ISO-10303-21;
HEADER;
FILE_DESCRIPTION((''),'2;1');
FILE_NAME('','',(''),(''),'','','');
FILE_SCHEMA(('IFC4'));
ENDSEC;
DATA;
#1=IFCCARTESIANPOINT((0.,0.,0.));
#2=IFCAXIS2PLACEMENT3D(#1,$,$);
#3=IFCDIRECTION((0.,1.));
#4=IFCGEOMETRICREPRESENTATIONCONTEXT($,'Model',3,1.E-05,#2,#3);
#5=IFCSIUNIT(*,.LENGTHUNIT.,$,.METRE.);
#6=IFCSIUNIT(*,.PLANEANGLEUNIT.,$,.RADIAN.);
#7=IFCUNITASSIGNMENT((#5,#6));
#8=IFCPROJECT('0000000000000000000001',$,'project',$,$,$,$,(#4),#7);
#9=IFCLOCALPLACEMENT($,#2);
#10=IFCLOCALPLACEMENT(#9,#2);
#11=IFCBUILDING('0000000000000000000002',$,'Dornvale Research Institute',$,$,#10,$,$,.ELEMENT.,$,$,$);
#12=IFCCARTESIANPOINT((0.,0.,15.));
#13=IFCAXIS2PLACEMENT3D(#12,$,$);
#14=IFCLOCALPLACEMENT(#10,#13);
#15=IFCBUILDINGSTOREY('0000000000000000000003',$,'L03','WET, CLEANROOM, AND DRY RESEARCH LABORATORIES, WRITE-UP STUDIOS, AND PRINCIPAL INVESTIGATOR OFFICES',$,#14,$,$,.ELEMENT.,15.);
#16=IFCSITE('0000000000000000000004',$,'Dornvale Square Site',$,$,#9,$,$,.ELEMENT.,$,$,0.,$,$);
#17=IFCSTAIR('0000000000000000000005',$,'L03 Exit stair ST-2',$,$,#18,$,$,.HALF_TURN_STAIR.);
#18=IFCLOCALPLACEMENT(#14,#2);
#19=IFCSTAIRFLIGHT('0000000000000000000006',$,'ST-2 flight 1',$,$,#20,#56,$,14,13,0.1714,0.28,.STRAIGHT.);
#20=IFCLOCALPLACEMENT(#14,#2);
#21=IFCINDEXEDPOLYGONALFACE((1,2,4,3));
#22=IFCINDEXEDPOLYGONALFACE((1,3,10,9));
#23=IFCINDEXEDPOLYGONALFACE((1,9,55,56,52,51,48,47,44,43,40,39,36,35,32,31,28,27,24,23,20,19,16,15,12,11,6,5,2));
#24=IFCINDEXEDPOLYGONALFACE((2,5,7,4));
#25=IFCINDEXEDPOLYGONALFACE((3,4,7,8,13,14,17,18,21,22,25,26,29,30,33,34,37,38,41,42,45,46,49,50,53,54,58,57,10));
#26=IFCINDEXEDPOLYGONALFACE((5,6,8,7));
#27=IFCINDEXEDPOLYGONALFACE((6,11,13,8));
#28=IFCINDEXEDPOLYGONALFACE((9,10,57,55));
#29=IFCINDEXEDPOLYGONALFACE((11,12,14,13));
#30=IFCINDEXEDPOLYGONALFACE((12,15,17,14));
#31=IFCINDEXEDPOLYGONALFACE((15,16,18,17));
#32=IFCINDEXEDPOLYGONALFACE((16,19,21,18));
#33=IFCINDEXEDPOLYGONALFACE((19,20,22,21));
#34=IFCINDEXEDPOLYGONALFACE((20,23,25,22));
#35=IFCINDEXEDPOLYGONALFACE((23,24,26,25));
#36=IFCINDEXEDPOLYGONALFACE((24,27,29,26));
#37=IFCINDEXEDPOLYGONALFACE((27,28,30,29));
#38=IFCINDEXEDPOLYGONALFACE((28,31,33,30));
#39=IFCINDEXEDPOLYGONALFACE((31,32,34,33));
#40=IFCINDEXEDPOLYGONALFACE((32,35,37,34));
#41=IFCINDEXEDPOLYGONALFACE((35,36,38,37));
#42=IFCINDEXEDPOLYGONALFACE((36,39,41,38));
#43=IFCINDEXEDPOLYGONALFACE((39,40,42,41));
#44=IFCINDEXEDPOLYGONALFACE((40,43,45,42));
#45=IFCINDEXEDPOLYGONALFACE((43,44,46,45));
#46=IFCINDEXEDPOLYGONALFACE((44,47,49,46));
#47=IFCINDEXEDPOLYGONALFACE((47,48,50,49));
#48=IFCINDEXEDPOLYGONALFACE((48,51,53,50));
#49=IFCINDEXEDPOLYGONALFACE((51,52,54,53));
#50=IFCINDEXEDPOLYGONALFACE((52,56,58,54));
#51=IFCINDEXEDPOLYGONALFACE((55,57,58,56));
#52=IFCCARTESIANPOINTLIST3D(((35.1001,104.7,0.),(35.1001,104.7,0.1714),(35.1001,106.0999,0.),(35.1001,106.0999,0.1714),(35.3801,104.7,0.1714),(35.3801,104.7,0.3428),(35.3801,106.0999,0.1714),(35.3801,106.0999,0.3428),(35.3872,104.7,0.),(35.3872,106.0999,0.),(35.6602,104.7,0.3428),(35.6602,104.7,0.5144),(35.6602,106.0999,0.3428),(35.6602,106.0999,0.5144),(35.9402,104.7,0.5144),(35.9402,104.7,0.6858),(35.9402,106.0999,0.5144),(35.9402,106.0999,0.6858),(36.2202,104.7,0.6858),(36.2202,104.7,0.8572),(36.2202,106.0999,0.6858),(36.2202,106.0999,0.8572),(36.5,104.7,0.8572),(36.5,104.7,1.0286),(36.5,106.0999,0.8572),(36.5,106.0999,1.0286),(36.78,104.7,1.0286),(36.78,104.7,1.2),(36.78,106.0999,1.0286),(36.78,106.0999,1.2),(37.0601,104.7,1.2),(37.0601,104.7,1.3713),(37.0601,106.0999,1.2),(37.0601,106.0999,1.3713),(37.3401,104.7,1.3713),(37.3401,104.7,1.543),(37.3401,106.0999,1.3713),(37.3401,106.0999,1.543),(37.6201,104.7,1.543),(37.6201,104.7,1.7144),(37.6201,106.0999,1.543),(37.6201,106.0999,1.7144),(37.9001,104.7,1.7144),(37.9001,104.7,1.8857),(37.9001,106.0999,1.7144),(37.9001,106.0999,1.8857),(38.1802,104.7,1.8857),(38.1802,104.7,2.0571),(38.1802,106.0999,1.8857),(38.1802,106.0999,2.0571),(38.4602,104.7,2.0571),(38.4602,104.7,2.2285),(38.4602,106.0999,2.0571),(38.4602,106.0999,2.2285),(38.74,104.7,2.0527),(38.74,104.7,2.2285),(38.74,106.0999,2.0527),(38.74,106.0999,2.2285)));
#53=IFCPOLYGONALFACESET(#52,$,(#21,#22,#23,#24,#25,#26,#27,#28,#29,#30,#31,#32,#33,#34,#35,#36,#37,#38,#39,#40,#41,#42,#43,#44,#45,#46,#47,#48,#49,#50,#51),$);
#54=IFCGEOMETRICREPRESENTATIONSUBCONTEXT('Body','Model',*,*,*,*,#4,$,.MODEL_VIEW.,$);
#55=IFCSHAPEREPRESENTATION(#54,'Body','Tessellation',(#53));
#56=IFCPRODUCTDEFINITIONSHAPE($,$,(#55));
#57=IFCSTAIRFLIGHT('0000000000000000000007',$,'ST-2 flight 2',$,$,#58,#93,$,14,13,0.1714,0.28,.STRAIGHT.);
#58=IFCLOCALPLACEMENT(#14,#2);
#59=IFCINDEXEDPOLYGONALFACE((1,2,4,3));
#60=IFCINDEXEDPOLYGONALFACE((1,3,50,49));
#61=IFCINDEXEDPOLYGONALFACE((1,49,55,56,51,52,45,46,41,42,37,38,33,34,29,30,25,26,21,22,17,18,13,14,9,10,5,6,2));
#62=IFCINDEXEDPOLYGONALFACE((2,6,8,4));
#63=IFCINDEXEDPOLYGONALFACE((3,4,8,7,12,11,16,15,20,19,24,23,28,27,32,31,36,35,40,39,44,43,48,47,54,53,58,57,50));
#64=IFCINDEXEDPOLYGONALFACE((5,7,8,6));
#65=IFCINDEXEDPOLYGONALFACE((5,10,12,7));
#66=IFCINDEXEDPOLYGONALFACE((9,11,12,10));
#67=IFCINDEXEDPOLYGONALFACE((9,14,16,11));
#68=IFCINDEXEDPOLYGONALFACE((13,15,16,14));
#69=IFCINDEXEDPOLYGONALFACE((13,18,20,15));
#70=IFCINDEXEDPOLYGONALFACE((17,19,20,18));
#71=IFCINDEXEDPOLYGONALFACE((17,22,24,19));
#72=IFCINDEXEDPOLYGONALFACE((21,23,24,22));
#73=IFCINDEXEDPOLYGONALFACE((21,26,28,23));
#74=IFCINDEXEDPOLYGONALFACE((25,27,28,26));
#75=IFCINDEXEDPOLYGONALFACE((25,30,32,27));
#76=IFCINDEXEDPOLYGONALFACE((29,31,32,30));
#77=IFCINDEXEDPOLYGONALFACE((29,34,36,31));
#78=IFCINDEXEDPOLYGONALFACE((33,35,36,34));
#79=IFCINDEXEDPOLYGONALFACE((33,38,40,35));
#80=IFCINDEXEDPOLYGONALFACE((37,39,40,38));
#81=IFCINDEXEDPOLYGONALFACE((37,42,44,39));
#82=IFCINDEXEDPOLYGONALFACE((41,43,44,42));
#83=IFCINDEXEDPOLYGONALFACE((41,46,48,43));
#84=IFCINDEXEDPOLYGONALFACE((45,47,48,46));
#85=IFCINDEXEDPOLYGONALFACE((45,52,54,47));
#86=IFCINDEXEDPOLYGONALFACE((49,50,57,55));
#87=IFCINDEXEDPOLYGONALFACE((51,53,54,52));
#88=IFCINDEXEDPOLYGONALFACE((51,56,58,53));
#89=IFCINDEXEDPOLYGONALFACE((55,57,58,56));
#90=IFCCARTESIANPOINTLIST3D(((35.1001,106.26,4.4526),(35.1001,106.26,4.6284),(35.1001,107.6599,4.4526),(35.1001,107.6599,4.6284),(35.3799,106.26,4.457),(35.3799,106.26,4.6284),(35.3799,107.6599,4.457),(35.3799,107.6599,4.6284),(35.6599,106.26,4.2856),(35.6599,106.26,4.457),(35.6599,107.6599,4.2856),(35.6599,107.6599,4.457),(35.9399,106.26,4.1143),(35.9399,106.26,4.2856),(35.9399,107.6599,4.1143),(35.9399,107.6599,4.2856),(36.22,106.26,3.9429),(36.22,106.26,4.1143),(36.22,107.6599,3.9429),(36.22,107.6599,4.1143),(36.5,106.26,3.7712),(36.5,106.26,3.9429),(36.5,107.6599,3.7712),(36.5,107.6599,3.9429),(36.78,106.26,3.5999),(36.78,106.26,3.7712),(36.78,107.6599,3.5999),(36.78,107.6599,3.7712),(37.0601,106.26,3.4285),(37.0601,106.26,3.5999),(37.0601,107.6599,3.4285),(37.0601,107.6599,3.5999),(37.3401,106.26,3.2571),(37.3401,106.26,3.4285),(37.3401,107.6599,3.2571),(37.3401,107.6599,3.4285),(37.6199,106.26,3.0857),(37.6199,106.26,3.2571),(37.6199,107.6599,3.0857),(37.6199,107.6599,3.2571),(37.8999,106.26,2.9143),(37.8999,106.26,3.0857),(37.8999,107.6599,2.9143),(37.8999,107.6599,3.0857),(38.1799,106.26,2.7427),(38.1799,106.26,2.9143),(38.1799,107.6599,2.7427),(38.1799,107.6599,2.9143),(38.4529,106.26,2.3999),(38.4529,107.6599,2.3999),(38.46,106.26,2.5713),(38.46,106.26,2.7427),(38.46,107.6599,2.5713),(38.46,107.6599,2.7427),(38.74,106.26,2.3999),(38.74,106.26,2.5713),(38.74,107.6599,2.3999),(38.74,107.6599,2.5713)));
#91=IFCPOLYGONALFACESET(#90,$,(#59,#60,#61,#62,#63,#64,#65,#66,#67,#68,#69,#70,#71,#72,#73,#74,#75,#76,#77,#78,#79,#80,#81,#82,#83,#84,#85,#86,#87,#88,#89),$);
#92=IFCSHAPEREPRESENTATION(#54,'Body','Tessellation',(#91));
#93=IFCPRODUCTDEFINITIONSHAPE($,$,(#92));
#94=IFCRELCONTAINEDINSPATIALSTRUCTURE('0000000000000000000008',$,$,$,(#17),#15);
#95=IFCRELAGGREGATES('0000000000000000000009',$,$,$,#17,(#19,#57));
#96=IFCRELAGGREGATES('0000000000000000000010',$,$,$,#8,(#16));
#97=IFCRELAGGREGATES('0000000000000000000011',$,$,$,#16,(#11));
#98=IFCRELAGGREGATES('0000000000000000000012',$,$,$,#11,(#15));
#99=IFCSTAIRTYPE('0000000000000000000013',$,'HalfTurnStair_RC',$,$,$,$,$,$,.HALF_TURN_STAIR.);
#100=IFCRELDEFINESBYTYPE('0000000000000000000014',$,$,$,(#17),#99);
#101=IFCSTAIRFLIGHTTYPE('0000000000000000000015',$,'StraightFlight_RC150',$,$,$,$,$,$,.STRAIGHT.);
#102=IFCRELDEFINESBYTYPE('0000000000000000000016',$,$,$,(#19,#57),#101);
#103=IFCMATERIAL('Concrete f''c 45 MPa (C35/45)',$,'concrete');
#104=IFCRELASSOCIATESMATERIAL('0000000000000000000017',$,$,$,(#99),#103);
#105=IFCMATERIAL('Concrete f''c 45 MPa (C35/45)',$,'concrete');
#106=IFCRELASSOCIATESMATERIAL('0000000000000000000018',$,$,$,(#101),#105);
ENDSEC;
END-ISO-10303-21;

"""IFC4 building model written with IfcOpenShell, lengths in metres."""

from ifc_helpers import new_model, si_unit, direction, frame, origin, place, context, subcontext, project, spatial, polyline, outline, extrude, material, type_object, element, aggregate, save


model = new_model("IFC4")

# Units and contexts
model_context = context("Model", 3, precision=1e-05, world=origin(), true_north=direction((0.0, 1.0)))
body_context = subcontext(model_context, "Body", "Model", "MODEL_VIEW")
ifc_project = project(units=[si_unit("LENGTHUNIT", "METRE"), si_unit("PLANEANGLEUNIT", "RADIAN")], contexts=[model_context])

# Site, building, storey
site_placement = place(None, origin())
site = spatial("IfcSite", under=ifc_project, at=site_placement, Name="Dornvale Square Site", CompositionType="ELEMENT", RefElevation=0.0)
building_placement = place(site_placement, origin())
building = spatial("IfcBuilding", under=site, at=building_placement, Name="Dornvale Research Institute", CompositionType="ELEMENT")
storey_placement = place(building_placement, frame((0.0, 0.0, 15.0)))
storey = spatial("IfcBuildingStorey", under=building, at=storey_placement, Name="L03", Description="WET, CLEANROOM, AND DRY RESEARCH LABORATORIES, WRITE-UP STUDIOS, AND PRINCIPAL INVESTIGATOR OFFICES", CompositionType="ELEMENT", Elevation=15.0)

# Stair, stair flights
ifc_material_1 = material(Name="Concrete f'c 45 MPa (C35/45)", Category="concrete")
stair_type = type_object("IfcStairType", Name="HalfTurnStair_RC", PredefinedType="HALF_TURN_STAIR", material=ifc_material_1)
stair_placement = place(storey_placement, origin())
stair = element("IfcStair", 1, at=stair_placement, inside=storey, type_object=stair_type, Name="L03 Exit stair ST-2", PredefinedType="HALF_TURN_STAIR")
ifc_material_2 = material(Name="Concrete f'c 45 MPa (C35/45)", Category="concrete")
stair_flight_type = type_object("IfcStairFlightType", Name="StraightFlight_RC150", PredefinedType="STRAIGHT", material=ifc_material_2)
stair_flight_1_placement = place(storey_placement, frame((35.1001, 105.3999, 0.0), z_axis=(0.0, 0.0, 1.0), x_axis=(1.0, 0.0, 0.0)))
stair_flight_1 = element("IfcStairFlight", 2, at=stair_flight_1_placement, type_object=stair_flight_type, Name="ST-2 flight 1", NumberOfRisers=14, NumberOfTreads=13, PredefinedType="STRAIGHT", RiserHeight=0.1714, TreadLength=0.28, context=body_context, shape_type="SweptSolid", body=[
    extrude(outline(polyline([(0.0, 0.0), (0.0, 0.1714), (0.28, 0.1714), (0.28, 0.3428), (0.5601, 0.3428), (0.5601, 0.5144), (0.8401, 0.5144), (0.8401, 0.6858), (1.1201, 0.6858), (1.1201, 0.8572), (1.3999, 0.8572), (1.3999, 1.0286), (1.6799, 1.0286), (1.6799, 1.2), (1.96, 1.2), (1.96, 1.3713), (2.24, 1.3713), (2.24, 1.543), (2.52, 1.543), (2.52, 1.7144), (2.8, 1.7144), (2.8, 1.8857), (3.0801, 1.8857), (3.0801, 2.0571), (3.3601, 2.0571), (3.3601, 2.2285), (3.6399, 2.2285), (3.6399, 2.3999), (3.6399, 2.0527), (0.2871, 0.0), (0.0, 0.0)])), frame((0.0, 0.7, 0.0), z_axis=(0.0, -1.0, 0.0), x_axis=(1.0, 0.0, 0.0)), (0.0, 0.0, 1.0), 1.3999),
])
stair_flight_2_placement = place(storey_placement, frame((38.74, 106.96, 2.3999), z_axis=(0.0, 0.0, 1.0), x_axis=(-1.0, 0.0, 0.0)))
stair_flight_2 = element("IfcStairFlight", 3, at=stair_flight_2_placement, type_object=stair_flight_type, Name="ST-2 flight 2", NumberOfRisers=14, NumberOfTreads=13, PredefinedType="STRAIGHT", RiserHeight=0.1714, TreadLength=0.28, context=body_context, shape_type="SweptSolid", body=[
    extrude(outline(polyline([(0.0, 0.0), (0.0, 0.1714), (0.28, 0.1714), (0.28, 0.3428), (0.5601, 0.3428), (0.5601, 0.5144), (0.8401, 0.5144), (0.8401, 0.6858), (1.1201, 0.6858), (1.1201, 0.8572), (1.3999, 0.8572), (1.3999, 1.0286), (1.6799, 1.0286), (1.6799, 1.2), (1.96, 1.2), (1.96, 1.3713), (2.24, 1.3713), (2.24, 1.543), (2.52, 1.543), (2.52, 1.7144), (2.8, 1.7144), (2.8, 1.8857), (3.0801, 1.8857), (3.0801, 2.0571), (3.3601, 2.0571), (3.3601, 2.2285), (3.6399, 2.2285), (3.6399, 2.3999), (3.6399, 2.0527), (0.2871, 0.0), (0.0, 0.0)])), frame((0.0, 0.7, 0.0), z_axis=(0.0, -1.0, 0.0), x_axis=(1.0, 0.0, 0.0)), (0.0, 0.0, 1.0), 1.3999),
])
aggregate(stair, [stair_flight_1, stair_flight_2])

save(model, "model.ifc")
